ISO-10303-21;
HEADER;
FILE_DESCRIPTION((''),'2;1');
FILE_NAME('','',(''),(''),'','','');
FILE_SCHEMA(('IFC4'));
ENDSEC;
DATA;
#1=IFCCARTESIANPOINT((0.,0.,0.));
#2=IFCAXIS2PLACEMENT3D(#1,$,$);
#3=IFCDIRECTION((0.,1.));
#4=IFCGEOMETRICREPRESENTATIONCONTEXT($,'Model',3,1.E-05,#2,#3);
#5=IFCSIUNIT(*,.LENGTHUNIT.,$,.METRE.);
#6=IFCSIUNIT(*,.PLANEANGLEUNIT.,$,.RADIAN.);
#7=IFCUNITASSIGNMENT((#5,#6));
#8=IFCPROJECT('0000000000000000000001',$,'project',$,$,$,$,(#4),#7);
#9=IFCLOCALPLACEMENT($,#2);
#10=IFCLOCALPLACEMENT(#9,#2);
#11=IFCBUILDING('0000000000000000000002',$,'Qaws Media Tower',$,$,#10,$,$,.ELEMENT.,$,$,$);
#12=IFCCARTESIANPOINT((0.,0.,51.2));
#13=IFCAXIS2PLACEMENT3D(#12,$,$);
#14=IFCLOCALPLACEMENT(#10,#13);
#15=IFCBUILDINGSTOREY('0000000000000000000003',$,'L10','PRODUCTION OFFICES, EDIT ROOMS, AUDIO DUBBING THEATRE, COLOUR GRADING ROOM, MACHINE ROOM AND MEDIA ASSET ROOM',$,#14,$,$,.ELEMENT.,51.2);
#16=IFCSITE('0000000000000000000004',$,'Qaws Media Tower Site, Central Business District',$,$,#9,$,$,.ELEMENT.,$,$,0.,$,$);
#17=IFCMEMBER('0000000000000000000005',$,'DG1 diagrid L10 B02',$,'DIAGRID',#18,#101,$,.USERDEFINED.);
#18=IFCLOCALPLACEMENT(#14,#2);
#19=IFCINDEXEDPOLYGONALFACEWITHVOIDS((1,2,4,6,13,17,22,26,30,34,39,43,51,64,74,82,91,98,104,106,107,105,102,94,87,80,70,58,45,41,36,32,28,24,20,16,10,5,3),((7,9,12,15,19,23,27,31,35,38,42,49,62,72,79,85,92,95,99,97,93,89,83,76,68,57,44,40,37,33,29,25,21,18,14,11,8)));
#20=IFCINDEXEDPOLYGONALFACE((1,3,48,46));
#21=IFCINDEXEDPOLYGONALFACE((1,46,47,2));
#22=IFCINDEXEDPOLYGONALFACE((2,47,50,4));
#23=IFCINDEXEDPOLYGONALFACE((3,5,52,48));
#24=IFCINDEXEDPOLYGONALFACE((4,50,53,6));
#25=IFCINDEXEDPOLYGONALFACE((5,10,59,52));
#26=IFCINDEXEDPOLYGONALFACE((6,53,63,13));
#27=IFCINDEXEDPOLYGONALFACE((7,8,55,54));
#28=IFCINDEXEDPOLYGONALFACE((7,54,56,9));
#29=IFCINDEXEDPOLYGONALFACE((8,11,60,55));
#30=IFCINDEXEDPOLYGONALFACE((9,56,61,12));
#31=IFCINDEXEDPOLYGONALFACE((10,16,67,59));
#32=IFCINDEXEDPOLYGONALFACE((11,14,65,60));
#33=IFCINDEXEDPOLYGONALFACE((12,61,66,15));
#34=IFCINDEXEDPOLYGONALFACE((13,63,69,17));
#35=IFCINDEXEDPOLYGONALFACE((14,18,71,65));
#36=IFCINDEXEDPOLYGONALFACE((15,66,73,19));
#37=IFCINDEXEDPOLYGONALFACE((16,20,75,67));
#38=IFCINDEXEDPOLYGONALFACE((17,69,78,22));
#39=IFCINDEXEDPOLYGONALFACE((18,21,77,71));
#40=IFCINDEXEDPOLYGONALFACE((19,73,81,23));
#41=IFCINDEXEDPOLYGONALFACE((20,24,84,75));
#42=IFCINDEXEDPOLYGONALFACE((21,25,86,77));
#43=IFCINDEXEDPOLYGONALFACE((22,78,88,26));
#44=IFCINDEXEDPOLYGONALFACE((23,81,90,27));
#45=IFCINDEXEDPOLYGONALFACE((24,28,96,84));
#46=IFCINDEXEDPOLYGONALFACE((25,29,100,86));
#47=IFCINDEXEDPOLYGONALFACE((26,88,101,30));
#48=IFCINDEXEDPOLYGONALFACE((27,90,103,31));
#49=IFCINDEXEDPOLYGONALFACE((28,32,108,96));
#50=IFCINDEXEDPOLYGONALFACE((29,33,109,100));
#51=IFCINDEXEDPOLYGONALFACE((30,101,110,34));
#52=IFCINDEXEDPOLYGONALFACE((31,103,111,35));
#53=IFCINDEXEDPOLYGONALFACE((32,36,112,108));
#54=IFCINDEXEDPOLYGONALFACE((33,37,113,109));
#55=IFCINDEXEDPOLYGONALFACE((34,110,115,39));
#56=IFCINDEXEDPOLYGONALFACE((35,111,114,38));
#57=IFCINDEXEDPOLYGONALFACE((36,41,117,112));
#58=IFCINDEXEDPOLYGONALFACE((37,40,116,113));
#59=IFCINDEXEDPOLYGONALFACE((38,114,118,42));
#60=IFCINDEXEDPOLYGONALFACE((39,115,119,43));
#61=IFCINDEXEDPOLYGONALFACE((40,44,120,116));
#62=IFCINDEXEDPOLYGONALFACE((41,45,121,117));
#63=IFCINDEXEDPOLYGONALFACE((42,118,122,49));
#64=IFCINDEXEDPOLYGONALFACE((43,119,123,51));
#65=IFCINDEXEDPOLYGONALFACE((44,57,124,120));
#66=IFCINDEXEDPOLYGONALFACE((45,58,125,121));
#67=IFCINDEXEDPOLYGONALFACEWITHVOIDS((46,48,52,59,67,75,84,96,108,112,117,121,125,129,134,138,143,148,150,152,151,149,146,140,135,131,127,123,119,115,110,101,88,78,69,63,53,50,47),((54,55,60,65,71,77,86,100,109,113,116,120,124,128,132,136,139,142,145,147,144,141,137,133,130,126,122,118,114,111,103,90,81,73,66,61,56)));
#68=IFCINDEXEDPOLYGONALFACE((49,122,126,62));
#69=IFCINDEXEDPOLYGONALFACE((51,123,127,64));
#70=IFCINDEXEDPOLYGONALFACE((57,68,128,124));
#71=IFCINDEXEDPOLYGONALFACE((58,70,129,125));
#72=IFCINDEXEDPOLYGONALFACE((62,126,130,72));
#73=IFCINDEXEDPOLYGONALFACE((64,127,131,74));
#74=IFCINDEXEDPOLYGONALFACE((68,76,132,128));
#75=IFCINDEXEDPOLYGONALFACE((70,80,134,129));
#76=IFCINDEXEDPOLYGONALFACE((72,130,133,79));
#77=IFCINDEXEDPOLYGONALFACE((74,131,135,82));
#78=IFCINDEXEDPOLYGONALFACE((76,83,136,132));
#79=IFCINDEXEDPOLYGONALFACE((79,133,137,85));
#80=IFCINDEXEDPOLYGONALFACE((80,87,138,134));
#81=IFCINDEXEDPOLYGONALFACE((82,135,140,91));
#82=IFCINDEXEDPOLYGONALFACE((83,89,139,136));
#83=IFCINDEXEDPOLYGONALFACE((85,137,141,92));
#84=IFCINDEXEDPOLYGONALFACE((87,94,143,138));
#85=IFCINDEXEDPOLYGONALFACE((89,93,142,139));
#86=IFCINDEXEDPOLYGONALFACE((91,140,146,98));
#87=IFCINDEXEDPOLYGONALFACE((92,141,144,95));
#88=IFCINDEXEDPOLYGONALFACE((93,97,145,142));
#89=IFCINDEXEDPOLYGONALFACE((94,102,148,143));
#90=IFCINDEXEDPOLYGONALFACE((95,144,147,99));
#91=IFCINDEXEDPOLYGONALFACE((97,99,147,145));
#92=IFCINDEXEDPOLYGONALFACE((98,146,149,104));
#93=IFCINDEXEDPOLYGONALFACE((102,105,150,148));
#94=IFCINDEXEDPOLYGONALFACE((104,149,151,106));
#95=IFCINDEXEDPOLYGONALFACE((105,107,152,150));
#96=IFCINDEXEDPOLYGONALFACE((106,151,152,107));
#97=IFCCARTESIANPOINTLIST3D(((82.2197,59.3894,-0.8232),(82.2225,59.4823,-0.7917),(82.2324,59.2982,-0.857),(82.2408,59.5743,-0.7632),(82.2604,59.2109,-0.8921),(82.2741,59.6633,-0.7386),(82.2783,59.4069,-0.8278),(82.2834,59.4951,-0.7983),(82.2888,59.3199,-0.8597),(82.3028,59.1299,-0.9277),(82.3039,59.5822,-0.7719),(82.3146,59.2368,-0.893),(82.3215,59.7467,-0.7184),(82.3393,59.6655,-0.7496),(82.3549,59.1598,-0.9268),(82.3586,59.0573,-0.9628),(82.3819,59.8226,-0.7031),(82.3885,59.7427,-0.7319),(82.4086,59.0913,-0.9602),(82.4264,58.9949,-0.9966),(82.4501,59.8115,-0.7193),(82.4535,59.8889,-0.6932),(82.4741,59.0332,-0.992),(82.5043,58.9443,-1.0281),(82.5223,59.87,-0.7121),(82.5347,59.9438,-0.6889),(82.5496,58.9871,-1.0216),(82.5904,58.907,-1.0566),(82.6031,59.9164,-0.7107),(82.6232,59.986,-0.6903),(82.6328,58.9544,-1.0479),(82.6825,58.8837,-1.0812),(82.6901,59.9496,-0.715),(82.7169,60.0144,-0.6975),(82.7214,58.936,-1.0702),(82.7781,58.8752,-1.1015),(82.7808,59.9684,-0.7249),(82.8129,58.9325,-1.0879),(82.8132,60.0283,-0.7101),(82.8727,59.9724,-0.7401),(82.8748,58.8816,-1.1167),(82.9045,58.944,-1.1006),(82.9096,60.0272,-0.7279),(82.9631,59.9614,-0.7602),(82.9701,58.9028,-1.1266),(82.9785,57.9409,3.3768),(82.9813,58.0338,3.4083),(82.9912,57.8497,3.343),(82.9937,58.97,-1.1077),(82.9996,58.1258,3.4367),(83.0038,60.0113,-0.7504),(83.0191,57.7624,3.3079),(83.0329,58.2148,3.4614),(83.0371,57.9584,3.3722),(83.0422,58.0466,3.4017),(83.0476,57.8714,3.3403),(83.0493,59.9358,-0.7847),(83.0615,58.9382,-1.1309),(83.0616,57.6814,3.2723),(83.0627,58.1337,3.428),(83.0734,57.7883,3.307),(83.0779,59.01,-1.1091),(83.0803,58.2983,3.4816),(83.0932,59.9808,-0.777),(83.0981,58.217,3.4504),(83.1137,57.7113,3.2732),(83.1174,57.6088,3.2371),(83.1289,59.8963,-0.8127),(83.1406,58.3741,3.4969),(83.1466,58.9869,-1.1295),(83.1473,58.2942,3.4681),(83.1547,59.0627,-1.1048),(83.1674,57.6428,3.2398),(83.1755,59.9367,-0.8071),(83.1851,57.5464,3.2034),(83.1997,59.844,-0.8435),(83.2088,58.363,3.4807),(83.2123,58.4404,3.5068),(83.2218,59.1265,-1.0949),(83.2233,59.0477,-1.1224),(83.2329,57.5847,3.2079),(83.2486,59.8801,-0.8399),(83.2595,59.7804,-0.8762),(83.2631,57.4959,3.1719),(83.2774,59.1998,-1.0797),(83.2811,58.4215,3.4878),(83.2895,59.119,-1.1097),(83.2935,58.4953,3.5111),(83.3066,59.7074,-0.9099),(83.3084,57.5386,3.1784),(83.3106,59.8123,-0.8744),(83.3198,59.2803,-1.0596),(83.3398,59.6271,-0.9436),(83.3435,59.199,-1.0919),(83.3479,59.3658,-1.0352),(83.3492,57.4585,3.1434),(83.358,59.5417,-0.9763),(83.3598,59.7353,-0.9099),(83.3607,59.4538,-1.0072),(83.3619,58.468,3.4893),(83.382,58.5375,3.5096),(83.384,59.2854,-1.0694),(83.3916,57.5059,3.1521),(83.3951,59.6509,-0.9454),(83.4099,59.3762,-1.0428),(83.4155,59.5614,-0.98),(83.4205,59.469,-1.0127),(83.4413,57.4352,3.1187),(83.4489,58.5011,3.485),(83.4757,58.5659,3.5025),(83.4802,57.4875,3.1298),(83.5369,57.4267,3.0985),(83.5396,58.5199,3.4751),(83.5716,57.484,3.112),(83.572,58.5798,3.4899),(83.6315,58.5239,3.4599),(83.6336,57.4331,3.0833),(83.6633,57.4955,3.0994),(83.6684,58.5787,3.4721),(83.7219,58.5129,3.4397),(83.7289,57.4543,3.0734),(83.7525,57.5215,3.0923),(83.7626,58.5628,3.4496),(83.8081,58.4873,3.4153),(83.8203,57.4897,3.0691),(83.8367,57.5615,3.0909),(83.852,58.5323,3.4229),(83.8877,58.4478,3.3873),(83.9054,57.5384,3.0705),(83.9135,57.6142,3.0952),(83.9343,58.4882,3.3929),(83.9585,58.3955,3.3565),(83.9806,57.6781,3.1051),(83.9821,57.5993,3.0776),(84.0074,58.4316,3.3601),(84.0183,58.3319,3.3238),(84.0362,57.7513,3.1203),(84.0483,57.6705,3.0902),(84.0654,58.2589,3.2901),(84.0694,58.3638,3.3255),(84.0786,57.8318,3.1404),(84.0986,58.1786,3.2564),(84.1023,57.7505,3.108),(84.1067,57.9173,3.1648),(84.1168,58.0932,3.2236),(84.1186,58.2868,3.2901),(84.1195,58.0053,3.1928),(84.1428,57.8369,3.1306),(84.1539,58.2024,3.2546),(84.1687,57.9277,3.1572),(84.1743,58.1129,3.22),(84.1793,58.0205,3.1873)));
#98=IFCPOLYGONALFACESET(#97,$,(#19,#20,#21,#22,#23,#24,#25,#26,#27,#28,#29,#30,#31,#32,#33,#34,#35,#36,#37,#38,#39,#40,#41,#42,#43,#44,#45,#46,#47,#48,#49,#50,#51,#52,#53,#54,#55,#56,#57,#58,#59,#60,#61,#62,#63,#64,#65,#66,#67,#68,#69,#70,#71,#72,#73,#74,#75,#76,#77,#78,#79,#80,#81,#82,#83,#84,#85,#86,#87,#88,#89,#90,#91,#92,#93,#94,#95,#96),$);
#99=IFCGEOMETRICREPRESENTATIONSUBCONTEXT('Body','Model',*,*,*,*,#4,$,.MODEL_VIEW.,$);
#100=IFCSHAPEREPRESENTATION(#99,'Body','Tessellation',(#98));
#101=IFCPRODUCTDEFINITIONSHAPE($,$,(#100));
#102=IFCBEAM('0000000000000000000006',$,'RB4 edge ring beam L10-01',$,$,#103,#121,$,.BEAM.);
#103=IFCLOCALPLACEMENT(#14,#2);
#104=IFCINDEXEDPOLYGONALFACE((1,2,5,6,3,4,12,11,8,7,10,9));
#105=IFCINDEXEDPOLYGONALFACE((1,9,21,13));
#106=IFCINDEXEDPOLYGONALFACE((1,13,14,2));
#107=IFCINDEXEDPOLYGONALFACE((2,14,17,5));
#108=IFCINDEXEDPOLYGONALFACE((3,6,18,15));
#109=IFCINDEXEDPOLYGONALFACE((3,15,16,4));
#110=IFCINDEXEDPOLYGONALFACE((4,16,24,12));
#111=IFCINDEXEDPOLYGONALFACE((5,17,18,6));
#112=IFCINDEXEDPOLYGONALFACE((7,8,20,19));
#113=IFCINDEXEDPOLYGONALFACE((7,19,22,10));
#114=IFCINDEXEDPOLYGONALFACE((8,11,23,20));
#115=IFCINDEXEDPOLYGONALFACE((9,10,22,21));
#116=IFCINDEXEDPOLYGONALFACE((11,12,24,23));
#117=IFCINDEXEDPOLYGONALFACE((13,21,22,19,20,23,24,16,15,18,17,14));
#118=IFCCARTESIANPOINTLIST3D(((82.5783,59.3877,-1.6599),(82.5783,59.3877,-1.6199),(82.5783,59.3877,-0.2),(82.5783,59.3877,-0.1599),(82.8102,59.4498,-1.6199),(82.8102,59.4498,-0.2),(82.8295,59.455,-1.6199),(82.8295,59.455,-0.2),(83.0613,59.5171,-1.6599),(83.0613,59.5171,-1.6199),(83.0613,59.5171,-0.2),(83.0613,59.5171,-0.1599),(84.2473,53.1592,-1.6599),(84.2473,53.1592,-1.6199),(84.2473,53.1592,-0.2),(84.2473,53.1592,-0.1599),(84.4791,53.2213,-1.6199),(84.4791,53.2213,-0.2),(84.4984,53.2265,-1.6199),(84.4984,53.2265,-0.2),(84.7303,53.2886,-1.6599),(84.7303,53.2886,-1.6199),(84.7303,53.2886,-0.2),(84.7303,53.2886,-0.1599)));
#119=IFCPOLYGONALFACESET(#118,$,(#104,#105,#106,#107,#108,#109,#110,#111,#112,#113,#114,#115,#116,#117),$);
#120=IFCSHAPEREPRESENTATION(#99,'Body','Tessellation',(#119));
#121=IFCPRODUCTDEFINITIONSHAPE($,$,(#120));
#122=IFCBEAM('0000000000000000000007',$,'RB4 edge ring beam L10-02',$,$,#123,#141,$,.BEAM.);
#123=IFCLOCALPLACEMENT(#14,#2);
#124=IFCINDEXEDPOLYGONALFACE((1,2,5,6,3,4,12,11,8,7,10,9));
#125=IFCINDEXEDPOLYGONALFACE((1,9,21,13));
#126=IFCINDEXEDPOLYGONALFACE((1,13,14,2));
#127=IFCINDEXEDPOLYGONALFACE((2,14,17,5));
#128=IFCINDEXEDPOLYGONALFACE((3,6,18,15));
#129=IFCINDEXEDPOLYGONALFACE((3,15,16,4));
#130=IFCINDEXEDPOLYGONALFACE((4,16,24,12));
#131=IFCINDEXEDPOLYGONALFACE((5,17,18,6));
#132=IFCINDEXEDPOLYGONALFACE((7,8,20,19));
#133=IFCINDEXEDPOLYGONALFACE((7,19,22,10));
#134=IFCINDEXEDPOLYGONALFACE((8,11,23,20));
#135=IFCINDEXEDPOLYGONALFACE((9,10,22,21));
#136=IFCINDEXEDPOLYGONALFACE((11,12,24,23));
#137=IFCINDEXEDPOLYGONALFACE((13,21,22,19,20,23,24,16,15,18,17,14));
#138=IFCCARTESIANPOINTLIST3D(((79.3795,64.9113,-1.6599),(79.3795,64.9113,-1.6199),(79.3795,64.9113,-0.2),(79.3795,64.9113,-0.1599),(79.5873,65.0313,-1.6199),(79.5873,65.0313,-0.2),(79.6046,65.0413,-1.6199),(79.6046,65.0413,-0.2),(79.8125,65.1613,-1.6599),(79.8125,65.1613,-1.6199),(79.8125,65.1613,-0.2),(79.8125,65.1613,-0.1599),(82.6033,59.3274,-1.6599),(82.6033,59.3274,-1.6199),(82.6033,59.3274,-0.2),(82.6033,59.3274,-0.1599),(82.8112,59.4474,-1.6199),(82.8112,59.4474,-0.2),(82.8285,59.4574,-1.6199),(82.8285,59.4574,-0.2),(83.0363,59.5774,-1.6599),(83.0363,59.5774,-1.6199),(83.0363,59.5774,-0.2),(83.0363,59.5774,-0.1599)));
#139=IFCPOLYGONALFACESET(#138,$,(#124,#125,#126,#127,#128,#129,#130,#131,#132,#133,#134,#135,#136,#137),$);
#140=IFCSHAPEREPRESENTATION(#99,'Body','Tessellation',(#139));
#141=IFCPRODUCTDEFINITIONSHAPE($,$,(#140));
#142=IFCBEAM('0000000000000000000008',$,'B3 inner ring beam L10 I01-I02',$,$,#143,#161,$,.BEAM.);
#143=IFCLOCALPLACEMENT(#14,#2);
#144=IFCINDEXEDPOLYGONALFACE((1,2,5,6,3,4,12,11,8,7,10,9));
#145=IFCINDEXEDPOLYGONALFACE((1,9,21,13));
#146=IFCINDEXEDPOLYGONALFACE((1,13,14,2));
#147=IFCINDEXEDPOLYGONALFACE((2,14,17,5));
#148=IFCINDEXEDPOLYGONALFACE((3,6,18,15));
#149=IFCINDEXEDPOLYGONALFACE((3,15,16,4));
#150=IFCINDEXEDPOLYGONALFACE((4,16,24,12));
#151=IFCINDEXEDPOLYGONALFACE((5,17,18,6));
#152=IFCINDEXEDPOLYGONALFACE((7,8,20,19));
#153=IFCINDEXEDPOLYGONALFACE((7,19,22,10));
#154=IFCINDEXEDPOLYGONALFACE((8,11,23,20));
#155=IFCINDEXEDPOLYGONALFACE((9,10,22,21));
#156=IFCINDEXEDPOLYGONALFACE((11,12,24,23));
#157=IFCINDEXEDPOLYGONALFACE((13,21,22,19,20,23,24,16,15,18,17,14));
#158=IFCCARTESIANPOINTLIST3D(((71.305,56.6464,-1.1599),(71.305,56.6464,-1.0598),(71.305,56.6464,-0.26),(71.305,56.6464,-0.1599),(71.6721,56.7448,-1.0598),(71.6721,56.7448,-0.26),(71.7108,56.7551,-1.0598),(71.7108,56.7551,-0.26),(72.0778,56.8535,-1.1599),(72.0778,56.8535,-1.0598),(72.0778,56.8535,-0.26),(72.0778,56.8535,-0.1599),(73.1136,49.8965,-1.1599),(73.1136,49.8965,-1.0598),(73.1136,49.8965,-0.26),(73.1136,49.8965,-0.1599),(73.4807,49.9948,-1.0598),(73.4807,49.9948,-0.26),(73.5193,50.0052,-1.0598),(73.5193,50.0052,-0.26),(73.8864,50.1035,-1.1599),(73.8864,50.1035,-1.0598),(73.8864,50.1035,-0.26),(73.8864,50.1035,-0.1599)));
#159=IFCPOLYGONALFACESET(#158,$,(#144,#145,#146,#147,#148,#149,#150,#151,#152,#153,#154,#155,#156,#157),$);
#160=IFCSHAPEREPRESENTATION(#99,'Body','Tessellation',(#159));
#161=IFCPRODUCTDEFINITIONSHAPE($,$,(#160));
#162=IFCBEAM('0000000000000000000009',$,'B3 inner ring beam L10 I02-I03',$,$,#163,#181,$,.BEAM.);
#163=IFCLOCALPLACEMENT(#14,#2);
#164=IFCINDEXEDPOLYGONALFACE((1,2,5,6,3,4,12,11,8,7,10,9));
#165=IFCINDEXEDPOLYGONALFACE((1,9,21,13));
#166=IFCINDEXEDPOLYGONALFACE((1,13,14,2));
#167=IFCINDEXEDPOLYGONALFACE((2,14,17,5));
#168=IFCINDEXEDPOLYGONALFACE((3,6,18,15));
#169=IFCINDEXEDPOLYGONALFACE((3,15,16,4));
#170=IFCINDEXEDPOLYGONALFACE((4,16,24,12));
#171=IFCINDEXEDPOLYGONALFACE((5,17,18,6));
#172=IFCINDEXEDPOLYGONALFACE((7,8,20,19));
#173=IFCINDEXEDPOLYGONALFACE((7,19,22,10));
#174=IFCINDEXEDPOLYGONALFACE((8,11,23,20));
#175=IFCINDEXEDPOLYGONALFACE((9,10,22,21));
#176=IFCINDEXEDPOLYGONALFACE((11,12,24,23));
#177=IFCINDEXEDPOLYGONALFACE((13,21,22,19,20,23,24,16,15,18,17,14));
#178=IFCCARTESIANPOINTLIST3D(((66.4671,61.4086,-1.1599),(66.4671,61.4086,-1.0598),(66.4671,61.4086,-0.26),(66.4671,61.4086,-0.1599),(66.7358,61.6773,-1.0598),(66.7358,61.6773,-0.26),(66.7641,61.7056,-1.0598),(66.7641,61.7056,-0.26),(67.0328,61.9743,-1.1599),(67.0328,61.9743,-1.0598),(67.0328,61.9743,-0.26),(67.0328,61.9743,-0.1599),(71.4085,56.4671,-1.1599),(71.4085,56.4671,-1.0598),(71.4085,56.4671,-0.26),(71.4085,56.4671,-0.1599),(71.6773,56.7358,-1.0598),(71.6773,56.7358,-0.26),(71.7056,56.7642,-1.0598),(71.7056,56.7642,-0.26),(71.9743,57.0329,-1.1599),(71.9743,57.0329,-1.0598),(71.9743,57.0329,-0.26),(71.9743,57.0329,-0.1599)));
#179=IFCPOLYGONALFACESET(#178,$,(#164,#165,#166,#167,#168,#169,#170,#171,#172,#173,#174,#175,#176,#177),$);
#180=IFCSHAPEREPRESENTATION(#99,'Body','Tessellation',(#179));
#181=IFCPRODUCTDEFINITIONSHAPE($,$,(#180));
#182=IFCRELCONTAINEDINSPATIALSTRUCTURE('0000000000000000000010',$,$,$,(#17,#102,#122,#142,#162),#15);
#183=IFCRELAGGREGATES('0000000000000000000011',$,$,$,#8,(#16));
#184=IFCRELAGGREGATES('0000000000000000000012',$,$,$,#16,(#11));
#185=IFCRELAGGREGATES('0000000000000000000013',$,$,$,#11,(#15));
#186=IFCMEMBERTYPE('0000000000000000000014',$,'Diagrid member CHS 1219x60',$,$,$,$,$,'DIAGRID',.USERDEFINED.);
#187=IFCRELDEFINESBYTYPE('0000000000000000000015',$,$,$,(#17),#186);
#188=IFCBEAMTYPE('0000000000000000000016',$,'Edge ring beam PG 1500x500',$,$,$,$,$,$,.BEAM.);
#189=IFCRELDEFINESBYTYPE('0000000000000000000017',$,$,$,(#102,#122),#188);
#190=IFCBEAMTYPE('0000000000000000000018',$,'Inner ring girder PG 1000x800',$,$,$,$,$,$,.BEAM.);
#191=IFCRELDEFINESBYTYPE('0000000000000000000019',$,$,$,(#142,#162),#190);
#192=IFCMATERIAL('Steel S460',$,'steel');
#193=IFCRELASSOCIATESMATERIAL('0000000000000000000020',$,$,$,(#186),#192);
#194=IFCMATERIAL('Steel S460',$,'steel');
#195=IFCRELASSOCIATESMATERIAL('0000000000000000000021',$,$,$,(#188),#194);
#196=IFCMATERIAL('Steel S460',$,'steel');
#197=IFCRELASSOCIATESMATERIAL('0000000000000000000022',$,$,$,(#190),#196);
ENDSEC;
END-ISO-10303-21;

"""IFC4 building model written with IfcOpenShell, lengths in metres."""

from ifc_helpers import new_model, si_unit, direction, frame, origin, origin_2d, place, context, subcontext, project, spatial, hollow_circle, i_section, extrude, material, material_profile, profile_set, type_object, element, save


model = new_model("IFC4")

# Units and contexts
model_context = context("Model", 3, precision=1e-05, world=origin(), true_north=direction((0.0, 1.0)))
body_context = subcontext(model_context, "Body", "Model", "MODEL_VIEW")
ifc_project = project(units=[si_unit("LENGTHUNIT", "METRE"), si_unit("PLANEANGLEUNIT", "RADIAN")], contexts=[model_context])

# Site, building, storey
site_placement = place(None, origin())
site = spatial("IfcSite", under=ifc_project, at=site_placement, Name="Qaws Media Tower Site, Central Business District", CompositionType="ELEMENT", RefElevation=0.0)
building_placement = place(site_placement, origin())
building = spatial("IfcBuilding", under=site, at=building_placement, Name="Qaws Media Tower", CompositionType="ELEMENT")
storey_placement = place(building_placement, frame((0.0, 0.0, 51.2)))
storey = spatial("IfcBuildingStorey", under=building, at=storey_placement, Name="L10", Description="PRODUCTION OFFICES, EDIT ROOMS, AUDIO DUBBING THEATRE, COLOUR GRADING ROOM, MACHINE ROOM AND MEDIA ASSET ROOM", CompositionType="ELEMENT", Elevation=51.2)

# Member
ifc_material_1 = material(Name="Steel S460", Category="steel")
ifc_material_profile_1 = material_profile(ifc_material_1, hollow_circle(Radius=0.6096, WallThickness=0.0601, at=origin_2d()), Name="CHS 1219x60")
ifc_profile_set_1 = profile_set([ifc_material_profile_1], Name="Steel S460")
member_type_1 = type_object("IfcMemberType", Name="Diagrid member CHS 1219x60", ElementType="DIAGRID", PredefinedType="USERDEFINED", material=ifc_profile_set_1)
for number, where, z_axis, x_axis, name in (
    (1, (82.8198, 59.4524, -0.9099), (0.168356, -0.321383, 0.931863), (0.885817, 0.464035, 0.0), "DG1 diagrid L10 B02"),
):
    element("IfcMember", number, at=place(storey_placement, frame(where, z_axis=z_axis, x_axis=x_axis)), inside=storey, type_object=member_type_1, Name=name, ObjectType="DIAGRID", PredefinedType="USERDEFINED", context=body_context, shape_type="SweptSolid", body=[
        extrude(hollow_circle(Radius=0.6096, WallThickness=0.0601, at=origin_2d()), origin(), (0.0, 0.0, 1.0), 4.5071),
    ])

# Beams
ifc_material_2 = material(Name="Steel S460", Category="steel")
ifc_material_profile_2 = material_profile(ifc_material_2, i_section(OverallWidth=0.5, OverallDepth=1.5, WebThickness=0.02, FlangeThickness=0.04, at=origin_2d()), Name="PG 1500x500")
ifc_profile_set_2 = profile_set([ifc_material_profile_2], Name="Steel S460")
beam_type_1 = type_object("IfcBeamType", Name="Edge ring beam PG 1500x500", PredefinedType="BEAM", material=ifc_profile_set_2)
beam_1_placement = place(storey_placement, frame((84.4888, 53.2239, -0.9099), z_axis=(-0.258822, 0.965925, 0.0), x_axis=(-0.965925, -0.258822, 0.0)))
element("IfcBeam", 2, at=beam_1_placement, inside=storey, type_object=beam_type_1, Name="RB4 edge ring beam L10-01", PredefinedType="BEAM", context=body_context, shape_type="SweptSolid", body=[
    extrude(i_section(OverallWidth=0.5, OverallDepth=1.5, WebThickness=0.02, FlangeThickness=0.04, at=origin_2d()), origin(), (0.0, 0.0, 1.0), 6.4482),
])
beam_2_placement = place(storey_placement, frame((82.8198, 59.4524, -0.9099), z_axis=(-0.499996, 0.866028, 0.0), x_axis=(-0.866028, -0.499996, 0.0)))
element("IfcBeam", 3, at=beam_2_placement, inside=storey, type_object=beam_type_1, Name="RB4 edge ring beam L10-02", PredefinedType="BEAM", context=body_context, shape_type="SweptSolid", body=[
    extrude(i_section(OverallWidth=0.5, OverallDepth=1.5, WebThickness=0.02, FlangeThickness=0.04, at=origin_2d()), origin(), (0.0, 0.0, 1.0), 6.4478),
])
ifc_material_3 = material(Name="Steel S460", Category="steel")
ifc_material_profile_3 = material_profile(ifc_material_3, i_section(OverallWidth=0.8, OverallDepth=1.0, WebThickness=0.04, FlangeThickness=0.1001, at=origin_2d()), Name="PG 1000x800")
ifc_profile_set_3 = profile_set([ifc_material_profile_3], Name="Steel S460")
beam_type_2 = type_object("IfcBeamType", Name="Inner ring girder PG 1000x800", PredefinedType="BEAM", material=ifc_profile_set_3)
beam_3_placement = place(storey_placement, frame((73.5, 50.0, -0.6599), z_axis=(-0.258811, 0.965928, 0.0), x_axis=(-0.965928, -0.258811, 0.0)))
element("IfcBeam", 4, at=beam_3_placement, inside=storey, type_object=beam_type_2, Name="B3 inner ring beam L10 I01-I02", PredefinedType="BEAM", context=body_context, shape_type="SweptSolid", body=[
    extrude(i_section(OverallWidth=0.8, OverallDepth=1.0, WebThickness=0.04, FlangeThickness=0.1001, at=origin_2d()), origin(), (0.0, 0.0, 1.0), 6.988),
])
beam_4_placement = place(storey_placement, frame((71.6914, 56.75, -0.6599), z_axis=(-0.707107, 0.707107, 0.0), x_axis=(-0.707107, -0.707107, 0.0)))
element("IfcBeam", 5, at=beam_4_placement, inside=storey, type_object=beam_type_2, Name="B3 inner ring beam L10 I02-I03", PredefinedType="BEAM", context=body_context, shape_type="SweptSolid", body=[
    extrude(i_section(OverallWidth=0.8, OverallDepth=1.0, WebThickness=0.04, FlangeThickness=0.1001, at=origin_2d()), origin(), (0.0, 0.0, 1.0), 6.9883),
])

save(model, "model.ifc")
